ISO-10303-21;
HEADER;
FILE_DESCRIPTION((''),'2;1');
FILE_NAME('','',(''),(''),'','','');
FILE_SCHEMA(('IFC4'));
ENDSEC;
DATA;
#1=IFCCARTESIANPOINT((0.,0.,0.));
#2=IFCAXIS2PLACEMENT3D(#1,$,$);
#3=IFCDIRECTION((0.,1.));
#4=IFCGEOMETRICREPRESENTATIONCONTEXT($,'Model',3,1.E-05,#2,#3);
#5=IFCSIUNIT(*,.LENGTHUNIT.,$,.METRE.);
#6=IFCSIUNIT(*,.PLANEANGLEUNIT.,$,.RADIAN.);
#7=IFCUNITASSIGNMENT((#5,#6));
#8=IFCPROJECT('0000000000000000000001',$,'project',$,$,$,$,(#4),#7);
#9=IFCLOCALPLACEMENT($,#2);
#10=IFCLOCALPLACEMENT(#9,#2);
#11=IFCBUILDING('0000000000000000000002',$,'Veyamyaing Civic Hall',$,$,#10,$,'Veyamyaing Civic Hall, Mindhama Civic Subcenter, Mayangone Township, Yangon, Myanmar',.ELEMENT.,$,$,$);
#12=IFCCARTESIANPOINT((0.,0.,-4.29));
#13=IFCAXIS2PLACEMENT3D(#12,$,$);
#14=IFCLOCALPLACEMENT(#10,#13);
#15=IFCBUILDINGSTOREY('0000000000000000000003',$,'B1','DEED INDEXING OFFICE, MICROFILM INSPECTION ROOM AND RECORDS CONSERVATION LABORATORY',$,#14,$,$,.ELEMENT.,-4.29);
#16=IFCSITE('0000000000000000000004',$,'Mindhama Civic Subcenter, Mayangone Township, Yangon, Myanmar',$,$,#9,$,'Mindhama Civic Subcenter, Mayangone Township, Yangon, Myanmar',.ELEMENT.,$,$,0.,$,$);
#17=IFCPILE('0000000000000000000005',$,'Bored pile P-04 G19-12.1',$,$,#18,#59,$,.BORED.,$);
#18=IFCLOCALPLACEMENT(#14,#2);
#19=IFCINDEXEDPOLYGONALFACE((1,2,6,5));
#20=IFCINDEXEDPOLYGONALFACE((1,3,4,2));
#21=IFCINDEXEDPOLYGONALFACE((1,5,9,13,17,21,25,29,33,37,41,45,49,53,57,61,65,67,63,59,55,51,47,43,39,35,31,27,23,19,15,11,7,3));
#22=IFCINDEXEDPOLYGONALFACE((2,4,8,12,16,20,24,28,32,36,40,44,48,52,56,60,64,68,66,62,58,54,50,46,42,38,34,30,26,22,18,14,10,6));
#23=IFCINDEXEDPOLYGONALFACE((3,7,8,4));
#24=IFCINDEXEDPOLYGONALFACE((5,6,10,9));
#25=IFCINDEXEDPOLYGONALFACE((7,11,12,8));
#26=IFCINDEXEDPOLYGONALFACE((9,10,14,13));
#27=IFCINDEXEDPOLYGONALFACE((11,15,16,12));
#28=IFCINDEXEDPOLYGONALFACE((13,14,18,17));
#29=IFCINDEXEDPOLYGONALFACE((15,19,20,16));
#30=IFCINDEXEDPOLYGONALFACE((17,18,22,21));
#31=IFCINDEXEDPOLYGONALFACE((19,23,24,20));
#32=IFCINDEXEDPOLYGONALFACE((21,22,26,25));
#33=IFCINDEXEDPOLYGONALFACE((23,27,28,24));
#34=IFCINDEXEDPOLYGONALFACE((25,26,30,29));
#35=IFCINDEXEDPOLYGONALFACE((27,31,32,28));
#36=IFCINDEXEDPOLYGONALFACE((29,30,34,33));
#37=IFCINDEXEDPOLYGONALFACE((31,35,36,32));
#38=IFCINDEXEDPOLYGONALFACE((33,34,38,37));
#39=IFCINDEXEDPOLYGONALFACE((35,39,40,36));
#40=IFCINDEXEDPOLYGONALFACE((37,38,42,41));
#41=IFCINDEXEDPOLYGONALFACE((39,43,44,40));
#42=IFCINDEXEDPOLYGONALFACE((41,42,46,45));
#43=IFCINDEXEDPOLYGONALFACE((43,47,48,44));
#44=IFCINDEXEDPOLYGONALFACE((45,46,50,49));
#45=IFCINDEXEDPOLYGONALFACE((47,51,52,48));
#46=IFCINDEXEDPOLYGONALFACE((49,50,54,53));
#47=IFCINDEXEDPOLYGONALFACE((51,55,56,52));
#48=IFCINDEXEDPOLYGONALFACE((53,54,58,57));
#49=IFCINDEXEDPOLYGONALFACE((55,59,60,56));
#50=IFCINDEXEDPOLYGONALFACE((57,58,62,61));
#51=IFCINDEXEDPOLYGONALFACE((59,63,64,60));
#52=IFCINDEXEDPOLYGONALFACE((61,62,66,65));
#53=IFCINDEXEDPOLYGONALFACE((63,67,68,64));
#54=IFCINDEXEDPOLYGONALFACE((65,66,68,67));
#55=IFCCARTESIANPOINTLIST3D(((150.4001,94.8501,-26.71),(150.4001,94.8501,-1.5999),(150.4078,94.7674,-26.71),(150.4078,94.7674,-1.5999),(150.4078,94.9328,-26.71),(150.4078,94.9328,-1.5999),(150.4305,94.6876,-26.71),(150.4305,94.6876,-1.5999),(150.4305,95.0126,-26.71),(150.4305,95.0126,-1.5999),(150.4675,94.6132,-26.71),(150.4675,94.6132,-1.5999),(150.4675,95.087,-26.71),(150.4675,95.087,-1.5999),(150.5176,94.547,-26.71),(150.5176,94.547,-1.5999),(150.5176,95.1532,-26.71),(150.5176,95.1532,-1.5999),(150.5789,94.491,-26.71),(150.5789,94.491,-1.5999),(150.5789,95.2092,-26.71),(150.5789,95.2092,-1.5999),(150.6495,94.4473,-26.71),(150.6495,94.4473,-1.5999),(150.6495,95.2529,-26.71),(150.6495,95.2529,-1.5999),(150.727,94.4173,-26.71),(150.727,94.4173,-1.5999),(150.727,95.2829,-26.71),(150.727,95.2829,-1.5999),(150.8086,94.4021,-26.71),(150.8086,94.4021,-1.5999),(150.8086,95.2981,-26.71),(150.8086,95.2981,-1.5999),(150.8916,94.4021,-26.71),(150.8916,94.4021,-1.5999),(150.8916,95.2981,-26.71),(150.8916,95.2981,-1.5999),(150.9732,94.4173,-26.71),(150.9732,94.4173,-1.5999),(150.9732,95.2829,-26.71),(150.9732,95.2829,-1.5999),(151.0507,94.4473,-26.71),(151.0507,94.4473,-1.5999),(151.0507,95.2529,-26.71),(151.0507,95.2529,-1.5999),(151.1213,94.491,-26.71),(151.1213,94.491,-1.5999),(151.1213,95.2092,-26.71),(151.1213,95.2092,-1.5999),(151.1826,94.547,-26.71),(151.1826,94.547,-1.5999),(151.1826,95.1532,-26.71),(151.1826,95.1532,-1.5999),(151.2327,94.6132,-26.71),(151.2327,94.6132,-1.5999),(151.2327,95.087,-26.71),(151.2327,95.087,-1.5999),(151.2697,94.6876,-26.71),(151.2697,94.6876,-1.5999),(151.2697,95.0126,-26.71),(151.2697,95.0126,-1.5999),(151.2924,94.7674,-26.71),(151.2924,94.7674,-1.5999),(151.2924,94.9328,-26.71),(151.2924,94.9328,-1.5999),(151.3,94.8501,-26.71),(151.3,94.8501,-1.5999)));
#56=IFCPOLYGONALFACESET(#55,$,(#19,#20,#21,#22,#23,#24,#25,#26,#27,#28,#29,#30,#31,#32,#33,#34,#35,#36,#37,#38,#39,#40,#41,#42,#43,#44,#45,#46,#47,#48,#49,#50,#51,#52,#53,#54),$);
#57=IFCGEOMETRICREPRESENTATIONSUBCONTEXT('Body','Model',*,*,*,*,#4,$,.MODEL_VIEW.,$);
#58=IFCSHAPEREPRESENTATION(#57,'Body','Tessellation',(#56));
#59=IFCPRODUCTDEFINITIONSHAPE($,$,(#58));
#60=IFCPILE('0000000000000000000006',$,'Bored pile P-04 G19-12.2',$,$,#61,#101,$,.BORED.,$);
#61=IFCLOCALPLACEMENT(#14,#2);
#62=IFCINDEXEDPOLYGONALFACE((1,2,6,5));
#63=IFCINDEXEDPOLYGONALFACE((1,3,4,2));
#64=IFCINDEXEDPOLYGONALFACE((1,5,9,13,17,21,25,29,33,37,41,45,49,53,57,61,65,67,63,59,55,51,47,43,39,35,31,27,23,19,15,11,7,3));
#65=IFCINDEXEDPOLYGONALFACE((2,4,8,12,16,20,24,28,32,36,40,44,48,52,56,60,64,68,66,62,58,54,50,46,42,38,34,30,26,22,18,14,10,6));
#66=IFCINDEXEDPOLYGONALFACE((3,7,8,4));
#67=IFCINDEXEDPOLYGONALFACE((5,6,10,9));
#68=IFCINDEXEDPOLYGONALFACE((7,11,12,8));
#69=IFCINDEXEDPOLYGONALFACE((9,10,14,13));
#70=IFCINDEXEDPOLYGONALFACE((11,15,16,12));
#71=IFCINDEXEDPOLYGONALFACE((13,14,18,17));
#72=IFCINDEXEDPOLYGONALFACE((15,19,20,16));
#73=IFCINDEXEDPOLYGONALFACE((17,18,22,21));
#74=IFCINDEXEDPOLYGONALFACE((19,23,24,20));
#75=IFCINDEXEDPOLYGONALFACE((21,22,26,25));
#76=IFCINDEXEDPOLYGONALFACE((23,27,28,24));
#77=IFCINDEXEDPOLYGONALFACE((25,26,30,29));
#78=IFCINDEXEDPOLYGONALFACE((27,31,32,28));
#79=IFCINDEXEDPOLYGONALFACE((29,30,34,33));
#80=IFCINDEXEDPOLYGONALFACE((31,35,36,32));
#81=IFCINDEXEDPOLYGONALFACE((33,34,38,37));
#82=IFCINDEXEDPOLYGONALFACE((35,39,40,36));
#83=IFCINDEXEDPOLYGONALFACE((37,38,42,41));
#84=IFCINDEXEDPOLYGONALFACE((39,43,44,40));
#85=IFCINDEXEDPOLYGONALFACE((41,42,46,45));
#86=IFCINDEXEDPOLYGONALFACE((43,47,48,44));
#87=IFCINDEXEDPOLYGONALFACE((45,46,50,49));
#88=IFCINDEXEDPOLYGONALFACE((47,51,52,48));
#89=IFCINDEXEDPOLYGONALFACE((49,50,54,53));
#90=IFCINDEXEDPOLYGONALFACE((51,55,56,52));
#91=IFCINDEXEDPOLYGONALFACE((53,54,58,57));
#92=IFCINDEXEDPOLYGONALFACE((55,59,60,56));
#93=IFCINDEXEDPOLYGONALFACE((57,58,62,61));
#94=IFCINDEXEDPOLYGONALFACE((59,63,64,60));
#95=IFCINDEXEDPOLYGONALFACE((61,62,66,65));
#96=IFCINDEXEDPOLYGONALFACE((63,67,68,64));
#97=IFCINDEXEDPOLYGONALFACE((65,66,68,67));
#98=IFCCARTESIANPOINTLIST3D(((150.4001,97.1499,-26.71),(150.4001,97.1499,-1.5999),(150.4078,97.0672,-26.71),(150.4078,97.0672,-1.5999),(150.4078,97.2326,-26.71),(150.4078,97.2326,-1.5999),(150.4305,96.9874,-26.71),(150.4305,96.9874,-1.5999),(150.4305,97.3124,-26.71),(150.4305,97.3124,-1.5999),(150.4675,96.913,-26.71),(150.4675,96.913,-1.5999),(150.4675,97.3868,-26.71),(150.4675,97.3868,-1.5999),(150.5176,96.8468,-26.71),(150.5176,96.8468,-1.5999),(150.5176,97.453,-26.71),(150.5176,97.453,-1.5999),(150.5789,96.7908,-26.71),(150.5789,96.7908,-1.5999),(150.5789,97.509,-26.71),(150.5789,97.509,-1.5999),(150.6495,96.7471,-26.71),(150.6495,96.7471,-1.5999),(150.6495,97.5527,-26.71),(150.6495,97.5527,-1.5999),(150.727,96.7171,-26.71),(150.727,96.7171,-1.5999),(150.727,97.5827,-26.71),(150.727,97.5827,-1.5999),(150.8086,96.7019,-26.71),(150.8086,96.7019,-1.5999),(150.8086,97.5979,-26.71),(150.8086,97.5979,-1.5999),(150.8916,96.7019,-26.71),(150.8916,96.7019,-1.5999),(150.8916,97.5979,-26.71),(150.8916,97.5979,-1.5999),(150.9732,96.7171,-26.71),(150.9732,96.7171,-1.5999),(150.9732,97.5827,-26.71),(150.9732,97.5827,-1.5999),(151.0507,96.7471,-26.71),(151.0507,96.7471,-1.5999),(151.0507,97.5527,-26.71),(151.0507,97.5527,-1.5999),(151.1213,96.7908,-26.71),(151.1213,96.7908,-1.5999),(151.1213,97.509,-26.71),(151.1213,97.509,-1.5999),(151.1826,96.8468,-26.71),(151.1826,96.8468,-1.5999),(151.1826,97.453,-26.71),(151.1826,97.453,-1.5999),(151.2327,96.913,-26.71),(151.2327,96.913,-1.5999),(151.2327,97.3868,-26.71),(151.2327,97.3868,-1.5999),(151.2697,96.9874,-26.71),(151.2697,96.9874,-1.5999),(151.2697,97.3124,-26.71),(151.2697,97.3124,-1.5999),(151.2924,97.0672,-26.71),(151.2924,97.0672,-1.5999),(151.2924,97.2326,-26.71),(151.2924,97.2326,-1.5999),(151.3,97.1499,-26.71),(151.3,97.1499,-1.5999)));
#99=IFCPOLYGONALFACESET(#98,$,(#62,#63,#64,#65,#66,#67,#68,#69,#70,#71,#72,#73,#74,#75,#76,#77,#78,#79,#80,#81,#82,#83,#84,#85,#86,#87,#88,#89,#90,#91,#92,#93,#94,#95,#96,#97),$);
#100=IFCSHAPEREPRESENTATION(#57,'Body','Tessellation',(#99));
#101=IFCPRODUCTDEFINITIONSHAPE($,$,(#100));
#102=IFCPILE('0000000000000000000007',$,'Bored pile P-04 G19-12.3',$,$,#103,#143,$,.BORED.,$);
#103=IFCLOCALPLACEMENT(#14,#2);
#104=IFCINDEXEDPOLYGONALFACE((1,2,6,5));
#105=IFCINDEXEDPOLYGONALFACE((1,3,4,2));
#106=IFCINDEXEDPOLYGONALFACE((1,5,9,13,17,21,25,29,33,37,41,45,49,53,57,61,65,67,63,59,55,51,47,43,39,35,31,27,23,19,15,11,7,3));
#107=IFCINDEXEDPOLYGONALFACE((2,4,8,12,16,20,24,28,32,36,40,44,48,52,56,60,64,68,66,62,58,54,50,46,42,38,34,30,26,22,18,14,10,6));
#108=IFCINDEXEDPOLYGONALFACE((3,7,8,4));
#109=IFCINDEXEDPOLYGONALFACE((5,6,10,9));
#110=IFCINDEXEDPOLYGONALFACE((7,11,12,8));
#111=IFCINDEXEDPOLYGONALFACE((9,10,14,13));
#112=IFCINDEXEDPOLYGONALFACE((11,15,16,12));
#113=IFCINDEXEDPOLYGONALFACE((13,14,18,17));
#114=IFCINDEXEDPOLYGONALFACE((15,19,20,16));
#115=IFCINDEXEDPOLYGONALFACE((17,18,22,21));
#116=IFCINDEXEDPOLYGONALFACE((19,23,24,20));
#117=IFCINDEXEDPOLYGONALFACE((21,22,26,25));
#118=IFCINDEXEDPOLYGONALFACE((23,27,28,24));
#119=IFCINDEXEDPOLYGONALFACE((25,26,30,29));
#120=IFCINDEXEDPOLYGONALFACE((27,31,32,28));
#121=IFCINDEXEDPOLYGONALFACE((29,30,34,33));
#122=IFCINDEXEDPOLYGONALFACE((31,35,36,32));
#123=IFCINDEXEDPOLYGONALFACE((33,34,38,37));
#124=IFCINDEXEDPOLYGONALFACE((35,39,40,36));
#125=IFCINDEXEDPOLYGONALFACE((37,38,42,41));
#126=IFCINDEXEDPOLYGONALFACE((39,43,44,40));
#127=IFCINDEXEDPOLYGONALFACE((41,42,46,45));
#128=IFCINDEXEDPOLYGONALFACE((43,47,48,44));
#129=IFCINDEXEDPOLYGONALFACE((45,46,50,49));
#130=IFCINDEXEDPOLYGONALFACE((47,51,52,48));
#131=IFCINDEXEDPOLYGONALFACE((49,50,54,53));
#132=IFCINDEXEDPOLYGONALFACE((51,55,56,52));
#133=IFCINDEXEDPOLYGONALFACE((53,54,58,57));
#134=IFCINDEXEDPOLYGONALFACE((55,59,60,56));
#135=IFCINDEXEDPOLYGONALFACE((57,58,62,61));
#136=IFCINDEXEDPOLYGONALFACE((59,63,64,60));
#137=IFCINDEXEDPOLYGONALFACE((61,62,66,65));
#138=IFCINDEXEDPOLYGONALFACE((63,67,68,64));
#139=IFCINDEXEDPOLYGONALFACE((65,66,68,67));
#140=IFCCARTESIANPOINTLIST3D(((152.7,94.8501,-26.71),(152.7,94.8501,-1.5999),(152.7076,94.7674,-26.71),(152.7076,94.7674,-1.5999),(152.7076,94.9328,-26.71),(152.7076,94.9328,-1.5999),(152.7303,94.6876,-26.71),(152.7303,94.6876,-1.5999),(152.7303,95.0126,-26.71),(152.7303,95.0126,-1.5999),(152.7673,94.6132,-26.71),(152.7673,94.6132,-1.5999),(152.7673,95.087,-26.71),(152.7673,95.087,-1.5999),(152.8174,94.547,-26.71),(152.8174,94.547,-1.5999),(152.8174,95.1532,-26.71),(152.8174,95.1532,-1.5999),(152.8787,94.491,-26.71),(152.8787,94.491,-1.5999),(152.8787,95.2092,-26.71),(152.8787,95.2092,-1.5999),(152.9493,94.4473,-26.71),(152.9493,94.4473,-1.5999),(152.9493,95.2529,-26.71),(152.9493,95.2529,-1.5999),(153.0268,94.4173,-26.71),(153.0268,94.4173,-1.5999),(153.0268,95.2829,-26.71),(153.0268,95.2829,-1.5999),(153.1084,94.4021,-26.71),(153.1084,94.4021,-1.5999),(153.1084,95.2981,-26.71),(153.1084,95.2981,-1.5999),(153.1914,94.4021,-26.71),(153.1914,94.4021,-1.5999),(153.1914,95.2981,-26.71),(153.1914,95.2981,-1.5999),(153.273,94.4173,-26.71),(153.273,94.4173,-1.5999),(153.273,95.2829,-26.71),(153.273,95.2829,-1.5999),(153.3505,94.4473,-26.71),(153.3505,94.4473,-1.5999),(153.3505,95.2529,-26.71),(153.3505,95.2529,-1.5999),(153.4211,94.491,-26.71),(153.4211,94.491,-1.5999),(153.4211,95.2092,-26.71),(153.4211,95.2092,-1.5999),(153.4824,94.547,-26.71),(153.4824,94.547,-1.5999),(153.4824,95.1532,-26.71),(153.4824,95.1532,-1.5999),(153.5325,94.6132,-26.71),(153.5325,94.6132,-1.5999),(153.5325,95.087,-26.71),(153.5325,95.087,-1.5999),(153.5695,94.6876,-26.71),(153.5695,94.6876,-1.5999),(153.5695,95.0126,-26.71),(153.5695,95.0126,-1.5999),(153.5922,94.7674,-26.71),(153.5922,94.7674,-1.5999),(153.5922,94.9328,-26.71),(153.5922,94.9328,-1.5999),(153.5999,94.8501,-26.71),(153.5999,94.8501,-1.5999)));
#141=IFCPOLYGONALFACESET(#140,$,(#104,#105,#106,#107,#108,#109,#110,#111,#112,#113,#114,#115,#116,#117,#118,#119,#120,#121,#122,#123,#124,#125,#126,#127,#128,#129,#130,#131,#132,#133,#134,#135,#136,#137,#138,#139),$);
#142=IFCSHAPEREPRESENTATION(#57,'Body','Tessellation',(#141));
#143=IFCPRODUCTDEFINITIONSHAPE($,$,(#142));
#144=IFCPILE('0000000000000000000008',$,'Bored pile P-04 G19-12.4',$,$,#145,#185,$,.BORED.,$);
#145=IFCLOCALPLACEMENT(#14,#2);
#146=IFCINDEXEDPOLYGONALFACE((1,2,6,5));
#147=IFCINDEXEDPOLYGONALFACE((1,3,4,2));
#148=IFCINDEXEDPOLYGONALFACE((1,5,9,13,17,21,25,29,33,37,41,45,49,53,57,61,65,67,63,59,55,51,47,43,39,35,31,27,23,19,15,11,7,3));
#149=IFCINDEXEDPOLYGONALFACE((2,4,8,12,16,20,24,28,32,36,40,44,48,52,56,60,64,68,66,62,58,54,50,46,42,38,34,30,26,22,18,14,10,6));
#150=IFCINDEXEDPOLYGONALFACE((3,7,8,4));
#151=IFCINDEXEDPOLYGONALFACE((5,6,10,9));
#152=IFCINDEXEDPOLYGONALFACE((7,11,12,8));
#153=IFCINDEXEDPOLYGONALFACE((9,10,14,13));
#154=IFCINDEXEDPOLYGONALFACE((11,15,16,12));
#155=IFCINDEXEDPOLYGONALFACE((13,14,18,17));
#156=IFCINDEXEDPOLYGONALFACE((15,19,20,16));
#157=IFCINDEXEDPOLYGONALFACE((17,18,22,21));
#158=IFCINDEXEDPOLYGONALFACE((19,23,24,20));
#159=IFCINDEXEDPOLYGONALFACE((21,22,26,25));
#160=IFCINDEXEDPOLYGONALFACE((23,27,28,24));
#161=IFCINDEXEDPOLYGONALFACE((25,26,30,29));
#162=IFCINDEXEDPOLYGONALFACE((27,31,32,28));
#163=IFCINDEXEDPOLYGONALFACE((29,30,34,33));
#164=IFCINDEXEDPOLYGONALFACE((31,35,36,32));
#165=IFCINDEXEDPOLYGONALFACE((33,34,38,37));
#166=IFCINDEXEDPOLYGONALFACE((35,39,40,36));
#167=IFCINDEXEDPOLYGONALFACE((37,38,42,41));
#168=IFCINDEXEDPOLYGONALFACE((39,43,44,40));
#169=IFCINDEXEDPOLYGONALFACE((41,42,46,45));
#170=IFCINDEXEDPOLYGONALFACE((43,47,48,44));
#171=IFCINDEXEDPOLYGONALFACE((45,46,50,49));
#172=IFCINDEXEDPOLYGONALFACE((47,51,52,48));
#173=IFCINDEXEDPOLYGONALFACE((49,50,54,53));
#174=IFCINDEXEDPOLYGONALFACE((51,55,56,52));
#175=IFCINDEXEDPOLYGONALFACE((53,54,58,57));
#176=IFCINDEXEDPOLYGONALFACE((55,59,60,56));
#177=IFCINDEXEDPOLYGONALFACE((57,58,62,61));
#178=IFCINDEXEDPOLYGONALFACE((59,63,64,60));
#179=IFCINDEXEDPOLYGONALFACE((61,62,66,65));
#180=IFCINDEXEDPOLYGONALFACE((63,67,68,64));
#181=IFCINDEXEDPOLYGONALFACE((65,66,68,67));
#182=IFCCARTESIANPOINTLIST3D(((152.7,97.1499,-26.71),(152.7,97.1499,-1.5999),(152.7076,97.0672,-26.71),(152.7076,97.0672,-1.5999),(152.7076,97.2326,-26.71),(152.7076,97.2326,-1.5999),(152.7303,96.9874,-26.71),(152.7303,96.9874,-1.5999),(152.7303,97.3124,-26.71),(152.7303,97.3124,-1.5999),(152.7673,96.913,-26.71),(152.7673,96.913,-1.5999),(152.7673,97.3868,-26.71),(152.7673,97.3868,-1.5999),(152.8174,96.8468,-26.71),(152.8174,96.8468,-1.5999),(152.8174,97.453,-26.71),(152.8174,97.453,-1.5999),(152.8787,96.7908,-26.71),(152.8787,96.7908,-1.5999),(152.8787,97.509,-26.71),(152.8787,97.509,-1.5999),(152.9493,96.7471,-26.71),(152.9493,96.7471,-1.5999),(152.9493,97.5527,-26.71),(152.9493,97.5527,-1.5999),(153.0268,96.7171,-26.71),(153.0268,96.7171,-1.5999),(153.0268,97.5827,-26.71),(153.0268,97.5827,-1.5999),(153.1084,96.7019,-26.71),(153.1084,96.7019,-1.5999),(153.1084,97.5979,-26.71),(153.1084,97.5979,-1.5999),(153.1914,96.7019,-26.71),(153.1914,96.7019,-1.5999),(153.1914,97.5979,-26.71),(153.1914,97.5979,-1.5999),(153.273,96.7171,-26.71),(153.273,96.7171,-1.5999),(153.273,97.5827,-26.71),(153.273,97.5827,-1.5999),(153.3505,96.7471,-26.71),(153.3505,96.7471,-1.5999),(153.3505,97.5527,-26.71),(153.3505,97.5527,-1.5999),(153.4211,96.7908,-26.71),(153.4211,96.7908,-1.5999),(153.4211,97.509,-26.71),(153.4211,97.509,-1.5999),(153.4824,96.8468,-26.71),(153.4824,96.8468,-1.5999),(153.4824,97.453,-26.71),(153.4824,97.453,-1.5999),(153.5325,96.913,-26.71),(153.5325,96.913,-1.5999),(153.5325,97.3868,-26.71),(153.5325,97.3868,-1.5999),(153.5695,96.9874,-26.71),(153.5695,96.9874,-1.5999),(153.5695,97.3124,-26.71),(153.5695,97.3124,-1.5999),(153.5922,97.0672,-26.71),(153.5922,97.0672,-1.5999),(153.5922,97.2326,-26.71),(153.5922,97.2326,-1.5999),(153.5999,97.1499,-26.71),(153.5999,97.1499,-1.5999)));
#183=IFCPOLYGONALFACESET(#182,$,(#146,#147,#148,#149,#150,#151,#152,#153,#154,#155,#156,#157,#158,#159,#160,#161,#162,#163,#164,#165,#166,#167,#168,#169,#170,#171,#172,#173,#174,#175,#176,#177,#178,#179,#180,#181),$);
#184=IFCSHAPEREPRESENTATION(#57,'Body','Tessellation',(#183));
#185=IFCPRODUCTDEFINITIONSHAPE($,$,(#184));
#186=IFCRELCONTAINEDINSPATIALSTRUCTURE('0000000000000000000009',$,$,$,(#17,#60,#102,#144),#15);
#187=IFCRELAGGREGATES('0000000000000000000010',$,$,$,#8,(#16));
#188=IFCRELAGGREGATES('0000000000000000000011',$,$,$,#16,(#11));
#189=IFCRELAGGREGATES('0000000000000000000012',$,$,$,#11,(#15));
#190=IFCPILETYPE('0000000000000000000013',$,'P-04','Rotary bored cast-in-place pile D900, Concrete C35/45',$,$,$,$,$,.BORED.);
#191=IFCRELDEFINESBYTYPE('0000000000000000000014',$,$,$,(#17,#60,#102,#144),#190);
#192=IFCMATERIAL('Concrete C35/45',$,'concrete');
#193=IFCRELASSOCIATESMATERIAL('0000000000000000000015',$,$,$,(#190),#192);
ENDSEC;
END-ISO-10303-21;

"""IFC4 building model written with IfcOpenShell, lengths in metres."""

from ifc_helpers import new_model, si_unit, direction, frame, origin, origin_2d, place, context, subcontext, project, spatial, circle, extrude, material, material_profile, profile_set, type_object, element, save


model = new_model("IFC4")

# Units and contexts
model_context = context("Model", 3, precision=1e-05, world=origin(), true_north=direction((0.0, 1.0)))
body_context = subcontext(model_context, "Body", "Model", "MODEL_VIEW")
ifc_project = project(units=[si_unit("LENGTHUNIT", "METRE"), si_unit("PLANEANGLEUNIT", "RADIAN")], contexts=[model_context])

# Site, building, storey
site_placement = place(None, origin())
site = spatial("IfcSite", under=ifc_project, at=site_placement, Name="Mindhama Civic Subcenter, Mayangone Township, Yangon, Myanmar", LongName="Mindhama Civic Subcenter, Mayangone Township, Yangon, Myanmar", CompositionType="ELEMENT", RefElevation=0.0)
building_placement = place(site_placement, origin())
building = spatial("IfcBuilding", under=site, at=building_placement, Name="Veyamyaing Civic Hall", LongName="Veyamyaing Civic Hall, Mindhama Civic Subcenter, Mayangone Township, Yangon, Myanmar", CompositionType="ELEMENT")
storey_placement = place(building_placement, frame((0.0, 0.0, -4.29)))
storey = spatial("IfcBuildingStorey", under=building, at=storey_placement, Name="B1", Description="DEED INDEXING OFFICE, MICROFILM INSPECTION ROOM AND RECORDS CONSERVATION LABORATORY", CompositionType="ELEMENT", Elevation=-4.29)

# Piles
ifc_material_1 = material(Name="Concrete C35/45", Category="concrete")
ifc_material_profile_1 = material_profile(ifc_material_1, circle(Radius=0.45, at=origin_2d()), Name="PILE-D900")
ifc_profile_set_1 = profile_set([ifc_material_profile_1], Name="Concrete C35/45")
pile_type = type_object("IfcPileType", Name="P-04", Description="Rotary bored cast-in-place pile D900, Concrete C35/45", PredefinedType="BORED", material=ifc_profile_set_1)
for number, where, z_axis, x_axis, name in (
    (1, (150.8501, 94.8501, -1.5999), (0.0, 0.0, -1.0), (1.0, 0.0, 0.0), "Bored pile P-04 G19-12.1"),
    (2, (150.8501, 97.1499, -1.5999), (0.0, 0.0, -1.0), (1.0, 0.0, 0.0), "Bored pile P-04 G19-12.2"),
    (3, (153.1499, 94.8501, -1.5999), (0.0, 0.0, -1.0), (1.0, 0.0, 0.0), "Bored pile P-04 G19-12.3"),
    (4, (153.1499, 97.1499, -1.5999), (0.0, 0.0, -1.0), (1.0, 0.0, 0.0), "Bored pile P-04 G19-12.4"),
):
    element("IfcPile", number, at=place(storey_placement, frame(where, z_axis=z_axis, x_axis=x_axis)), inside=storey, type_object=pile_type, Name=name, PredefinedType="BORED", context=body_context, shape_type="SweptSolid", body=[
        extrude(circle(Radius=0.45, at=origin_2d()), origin(), (0.0, 0.0, 1.0), 25.1101),
    ])

save(model, "model.ifc")
